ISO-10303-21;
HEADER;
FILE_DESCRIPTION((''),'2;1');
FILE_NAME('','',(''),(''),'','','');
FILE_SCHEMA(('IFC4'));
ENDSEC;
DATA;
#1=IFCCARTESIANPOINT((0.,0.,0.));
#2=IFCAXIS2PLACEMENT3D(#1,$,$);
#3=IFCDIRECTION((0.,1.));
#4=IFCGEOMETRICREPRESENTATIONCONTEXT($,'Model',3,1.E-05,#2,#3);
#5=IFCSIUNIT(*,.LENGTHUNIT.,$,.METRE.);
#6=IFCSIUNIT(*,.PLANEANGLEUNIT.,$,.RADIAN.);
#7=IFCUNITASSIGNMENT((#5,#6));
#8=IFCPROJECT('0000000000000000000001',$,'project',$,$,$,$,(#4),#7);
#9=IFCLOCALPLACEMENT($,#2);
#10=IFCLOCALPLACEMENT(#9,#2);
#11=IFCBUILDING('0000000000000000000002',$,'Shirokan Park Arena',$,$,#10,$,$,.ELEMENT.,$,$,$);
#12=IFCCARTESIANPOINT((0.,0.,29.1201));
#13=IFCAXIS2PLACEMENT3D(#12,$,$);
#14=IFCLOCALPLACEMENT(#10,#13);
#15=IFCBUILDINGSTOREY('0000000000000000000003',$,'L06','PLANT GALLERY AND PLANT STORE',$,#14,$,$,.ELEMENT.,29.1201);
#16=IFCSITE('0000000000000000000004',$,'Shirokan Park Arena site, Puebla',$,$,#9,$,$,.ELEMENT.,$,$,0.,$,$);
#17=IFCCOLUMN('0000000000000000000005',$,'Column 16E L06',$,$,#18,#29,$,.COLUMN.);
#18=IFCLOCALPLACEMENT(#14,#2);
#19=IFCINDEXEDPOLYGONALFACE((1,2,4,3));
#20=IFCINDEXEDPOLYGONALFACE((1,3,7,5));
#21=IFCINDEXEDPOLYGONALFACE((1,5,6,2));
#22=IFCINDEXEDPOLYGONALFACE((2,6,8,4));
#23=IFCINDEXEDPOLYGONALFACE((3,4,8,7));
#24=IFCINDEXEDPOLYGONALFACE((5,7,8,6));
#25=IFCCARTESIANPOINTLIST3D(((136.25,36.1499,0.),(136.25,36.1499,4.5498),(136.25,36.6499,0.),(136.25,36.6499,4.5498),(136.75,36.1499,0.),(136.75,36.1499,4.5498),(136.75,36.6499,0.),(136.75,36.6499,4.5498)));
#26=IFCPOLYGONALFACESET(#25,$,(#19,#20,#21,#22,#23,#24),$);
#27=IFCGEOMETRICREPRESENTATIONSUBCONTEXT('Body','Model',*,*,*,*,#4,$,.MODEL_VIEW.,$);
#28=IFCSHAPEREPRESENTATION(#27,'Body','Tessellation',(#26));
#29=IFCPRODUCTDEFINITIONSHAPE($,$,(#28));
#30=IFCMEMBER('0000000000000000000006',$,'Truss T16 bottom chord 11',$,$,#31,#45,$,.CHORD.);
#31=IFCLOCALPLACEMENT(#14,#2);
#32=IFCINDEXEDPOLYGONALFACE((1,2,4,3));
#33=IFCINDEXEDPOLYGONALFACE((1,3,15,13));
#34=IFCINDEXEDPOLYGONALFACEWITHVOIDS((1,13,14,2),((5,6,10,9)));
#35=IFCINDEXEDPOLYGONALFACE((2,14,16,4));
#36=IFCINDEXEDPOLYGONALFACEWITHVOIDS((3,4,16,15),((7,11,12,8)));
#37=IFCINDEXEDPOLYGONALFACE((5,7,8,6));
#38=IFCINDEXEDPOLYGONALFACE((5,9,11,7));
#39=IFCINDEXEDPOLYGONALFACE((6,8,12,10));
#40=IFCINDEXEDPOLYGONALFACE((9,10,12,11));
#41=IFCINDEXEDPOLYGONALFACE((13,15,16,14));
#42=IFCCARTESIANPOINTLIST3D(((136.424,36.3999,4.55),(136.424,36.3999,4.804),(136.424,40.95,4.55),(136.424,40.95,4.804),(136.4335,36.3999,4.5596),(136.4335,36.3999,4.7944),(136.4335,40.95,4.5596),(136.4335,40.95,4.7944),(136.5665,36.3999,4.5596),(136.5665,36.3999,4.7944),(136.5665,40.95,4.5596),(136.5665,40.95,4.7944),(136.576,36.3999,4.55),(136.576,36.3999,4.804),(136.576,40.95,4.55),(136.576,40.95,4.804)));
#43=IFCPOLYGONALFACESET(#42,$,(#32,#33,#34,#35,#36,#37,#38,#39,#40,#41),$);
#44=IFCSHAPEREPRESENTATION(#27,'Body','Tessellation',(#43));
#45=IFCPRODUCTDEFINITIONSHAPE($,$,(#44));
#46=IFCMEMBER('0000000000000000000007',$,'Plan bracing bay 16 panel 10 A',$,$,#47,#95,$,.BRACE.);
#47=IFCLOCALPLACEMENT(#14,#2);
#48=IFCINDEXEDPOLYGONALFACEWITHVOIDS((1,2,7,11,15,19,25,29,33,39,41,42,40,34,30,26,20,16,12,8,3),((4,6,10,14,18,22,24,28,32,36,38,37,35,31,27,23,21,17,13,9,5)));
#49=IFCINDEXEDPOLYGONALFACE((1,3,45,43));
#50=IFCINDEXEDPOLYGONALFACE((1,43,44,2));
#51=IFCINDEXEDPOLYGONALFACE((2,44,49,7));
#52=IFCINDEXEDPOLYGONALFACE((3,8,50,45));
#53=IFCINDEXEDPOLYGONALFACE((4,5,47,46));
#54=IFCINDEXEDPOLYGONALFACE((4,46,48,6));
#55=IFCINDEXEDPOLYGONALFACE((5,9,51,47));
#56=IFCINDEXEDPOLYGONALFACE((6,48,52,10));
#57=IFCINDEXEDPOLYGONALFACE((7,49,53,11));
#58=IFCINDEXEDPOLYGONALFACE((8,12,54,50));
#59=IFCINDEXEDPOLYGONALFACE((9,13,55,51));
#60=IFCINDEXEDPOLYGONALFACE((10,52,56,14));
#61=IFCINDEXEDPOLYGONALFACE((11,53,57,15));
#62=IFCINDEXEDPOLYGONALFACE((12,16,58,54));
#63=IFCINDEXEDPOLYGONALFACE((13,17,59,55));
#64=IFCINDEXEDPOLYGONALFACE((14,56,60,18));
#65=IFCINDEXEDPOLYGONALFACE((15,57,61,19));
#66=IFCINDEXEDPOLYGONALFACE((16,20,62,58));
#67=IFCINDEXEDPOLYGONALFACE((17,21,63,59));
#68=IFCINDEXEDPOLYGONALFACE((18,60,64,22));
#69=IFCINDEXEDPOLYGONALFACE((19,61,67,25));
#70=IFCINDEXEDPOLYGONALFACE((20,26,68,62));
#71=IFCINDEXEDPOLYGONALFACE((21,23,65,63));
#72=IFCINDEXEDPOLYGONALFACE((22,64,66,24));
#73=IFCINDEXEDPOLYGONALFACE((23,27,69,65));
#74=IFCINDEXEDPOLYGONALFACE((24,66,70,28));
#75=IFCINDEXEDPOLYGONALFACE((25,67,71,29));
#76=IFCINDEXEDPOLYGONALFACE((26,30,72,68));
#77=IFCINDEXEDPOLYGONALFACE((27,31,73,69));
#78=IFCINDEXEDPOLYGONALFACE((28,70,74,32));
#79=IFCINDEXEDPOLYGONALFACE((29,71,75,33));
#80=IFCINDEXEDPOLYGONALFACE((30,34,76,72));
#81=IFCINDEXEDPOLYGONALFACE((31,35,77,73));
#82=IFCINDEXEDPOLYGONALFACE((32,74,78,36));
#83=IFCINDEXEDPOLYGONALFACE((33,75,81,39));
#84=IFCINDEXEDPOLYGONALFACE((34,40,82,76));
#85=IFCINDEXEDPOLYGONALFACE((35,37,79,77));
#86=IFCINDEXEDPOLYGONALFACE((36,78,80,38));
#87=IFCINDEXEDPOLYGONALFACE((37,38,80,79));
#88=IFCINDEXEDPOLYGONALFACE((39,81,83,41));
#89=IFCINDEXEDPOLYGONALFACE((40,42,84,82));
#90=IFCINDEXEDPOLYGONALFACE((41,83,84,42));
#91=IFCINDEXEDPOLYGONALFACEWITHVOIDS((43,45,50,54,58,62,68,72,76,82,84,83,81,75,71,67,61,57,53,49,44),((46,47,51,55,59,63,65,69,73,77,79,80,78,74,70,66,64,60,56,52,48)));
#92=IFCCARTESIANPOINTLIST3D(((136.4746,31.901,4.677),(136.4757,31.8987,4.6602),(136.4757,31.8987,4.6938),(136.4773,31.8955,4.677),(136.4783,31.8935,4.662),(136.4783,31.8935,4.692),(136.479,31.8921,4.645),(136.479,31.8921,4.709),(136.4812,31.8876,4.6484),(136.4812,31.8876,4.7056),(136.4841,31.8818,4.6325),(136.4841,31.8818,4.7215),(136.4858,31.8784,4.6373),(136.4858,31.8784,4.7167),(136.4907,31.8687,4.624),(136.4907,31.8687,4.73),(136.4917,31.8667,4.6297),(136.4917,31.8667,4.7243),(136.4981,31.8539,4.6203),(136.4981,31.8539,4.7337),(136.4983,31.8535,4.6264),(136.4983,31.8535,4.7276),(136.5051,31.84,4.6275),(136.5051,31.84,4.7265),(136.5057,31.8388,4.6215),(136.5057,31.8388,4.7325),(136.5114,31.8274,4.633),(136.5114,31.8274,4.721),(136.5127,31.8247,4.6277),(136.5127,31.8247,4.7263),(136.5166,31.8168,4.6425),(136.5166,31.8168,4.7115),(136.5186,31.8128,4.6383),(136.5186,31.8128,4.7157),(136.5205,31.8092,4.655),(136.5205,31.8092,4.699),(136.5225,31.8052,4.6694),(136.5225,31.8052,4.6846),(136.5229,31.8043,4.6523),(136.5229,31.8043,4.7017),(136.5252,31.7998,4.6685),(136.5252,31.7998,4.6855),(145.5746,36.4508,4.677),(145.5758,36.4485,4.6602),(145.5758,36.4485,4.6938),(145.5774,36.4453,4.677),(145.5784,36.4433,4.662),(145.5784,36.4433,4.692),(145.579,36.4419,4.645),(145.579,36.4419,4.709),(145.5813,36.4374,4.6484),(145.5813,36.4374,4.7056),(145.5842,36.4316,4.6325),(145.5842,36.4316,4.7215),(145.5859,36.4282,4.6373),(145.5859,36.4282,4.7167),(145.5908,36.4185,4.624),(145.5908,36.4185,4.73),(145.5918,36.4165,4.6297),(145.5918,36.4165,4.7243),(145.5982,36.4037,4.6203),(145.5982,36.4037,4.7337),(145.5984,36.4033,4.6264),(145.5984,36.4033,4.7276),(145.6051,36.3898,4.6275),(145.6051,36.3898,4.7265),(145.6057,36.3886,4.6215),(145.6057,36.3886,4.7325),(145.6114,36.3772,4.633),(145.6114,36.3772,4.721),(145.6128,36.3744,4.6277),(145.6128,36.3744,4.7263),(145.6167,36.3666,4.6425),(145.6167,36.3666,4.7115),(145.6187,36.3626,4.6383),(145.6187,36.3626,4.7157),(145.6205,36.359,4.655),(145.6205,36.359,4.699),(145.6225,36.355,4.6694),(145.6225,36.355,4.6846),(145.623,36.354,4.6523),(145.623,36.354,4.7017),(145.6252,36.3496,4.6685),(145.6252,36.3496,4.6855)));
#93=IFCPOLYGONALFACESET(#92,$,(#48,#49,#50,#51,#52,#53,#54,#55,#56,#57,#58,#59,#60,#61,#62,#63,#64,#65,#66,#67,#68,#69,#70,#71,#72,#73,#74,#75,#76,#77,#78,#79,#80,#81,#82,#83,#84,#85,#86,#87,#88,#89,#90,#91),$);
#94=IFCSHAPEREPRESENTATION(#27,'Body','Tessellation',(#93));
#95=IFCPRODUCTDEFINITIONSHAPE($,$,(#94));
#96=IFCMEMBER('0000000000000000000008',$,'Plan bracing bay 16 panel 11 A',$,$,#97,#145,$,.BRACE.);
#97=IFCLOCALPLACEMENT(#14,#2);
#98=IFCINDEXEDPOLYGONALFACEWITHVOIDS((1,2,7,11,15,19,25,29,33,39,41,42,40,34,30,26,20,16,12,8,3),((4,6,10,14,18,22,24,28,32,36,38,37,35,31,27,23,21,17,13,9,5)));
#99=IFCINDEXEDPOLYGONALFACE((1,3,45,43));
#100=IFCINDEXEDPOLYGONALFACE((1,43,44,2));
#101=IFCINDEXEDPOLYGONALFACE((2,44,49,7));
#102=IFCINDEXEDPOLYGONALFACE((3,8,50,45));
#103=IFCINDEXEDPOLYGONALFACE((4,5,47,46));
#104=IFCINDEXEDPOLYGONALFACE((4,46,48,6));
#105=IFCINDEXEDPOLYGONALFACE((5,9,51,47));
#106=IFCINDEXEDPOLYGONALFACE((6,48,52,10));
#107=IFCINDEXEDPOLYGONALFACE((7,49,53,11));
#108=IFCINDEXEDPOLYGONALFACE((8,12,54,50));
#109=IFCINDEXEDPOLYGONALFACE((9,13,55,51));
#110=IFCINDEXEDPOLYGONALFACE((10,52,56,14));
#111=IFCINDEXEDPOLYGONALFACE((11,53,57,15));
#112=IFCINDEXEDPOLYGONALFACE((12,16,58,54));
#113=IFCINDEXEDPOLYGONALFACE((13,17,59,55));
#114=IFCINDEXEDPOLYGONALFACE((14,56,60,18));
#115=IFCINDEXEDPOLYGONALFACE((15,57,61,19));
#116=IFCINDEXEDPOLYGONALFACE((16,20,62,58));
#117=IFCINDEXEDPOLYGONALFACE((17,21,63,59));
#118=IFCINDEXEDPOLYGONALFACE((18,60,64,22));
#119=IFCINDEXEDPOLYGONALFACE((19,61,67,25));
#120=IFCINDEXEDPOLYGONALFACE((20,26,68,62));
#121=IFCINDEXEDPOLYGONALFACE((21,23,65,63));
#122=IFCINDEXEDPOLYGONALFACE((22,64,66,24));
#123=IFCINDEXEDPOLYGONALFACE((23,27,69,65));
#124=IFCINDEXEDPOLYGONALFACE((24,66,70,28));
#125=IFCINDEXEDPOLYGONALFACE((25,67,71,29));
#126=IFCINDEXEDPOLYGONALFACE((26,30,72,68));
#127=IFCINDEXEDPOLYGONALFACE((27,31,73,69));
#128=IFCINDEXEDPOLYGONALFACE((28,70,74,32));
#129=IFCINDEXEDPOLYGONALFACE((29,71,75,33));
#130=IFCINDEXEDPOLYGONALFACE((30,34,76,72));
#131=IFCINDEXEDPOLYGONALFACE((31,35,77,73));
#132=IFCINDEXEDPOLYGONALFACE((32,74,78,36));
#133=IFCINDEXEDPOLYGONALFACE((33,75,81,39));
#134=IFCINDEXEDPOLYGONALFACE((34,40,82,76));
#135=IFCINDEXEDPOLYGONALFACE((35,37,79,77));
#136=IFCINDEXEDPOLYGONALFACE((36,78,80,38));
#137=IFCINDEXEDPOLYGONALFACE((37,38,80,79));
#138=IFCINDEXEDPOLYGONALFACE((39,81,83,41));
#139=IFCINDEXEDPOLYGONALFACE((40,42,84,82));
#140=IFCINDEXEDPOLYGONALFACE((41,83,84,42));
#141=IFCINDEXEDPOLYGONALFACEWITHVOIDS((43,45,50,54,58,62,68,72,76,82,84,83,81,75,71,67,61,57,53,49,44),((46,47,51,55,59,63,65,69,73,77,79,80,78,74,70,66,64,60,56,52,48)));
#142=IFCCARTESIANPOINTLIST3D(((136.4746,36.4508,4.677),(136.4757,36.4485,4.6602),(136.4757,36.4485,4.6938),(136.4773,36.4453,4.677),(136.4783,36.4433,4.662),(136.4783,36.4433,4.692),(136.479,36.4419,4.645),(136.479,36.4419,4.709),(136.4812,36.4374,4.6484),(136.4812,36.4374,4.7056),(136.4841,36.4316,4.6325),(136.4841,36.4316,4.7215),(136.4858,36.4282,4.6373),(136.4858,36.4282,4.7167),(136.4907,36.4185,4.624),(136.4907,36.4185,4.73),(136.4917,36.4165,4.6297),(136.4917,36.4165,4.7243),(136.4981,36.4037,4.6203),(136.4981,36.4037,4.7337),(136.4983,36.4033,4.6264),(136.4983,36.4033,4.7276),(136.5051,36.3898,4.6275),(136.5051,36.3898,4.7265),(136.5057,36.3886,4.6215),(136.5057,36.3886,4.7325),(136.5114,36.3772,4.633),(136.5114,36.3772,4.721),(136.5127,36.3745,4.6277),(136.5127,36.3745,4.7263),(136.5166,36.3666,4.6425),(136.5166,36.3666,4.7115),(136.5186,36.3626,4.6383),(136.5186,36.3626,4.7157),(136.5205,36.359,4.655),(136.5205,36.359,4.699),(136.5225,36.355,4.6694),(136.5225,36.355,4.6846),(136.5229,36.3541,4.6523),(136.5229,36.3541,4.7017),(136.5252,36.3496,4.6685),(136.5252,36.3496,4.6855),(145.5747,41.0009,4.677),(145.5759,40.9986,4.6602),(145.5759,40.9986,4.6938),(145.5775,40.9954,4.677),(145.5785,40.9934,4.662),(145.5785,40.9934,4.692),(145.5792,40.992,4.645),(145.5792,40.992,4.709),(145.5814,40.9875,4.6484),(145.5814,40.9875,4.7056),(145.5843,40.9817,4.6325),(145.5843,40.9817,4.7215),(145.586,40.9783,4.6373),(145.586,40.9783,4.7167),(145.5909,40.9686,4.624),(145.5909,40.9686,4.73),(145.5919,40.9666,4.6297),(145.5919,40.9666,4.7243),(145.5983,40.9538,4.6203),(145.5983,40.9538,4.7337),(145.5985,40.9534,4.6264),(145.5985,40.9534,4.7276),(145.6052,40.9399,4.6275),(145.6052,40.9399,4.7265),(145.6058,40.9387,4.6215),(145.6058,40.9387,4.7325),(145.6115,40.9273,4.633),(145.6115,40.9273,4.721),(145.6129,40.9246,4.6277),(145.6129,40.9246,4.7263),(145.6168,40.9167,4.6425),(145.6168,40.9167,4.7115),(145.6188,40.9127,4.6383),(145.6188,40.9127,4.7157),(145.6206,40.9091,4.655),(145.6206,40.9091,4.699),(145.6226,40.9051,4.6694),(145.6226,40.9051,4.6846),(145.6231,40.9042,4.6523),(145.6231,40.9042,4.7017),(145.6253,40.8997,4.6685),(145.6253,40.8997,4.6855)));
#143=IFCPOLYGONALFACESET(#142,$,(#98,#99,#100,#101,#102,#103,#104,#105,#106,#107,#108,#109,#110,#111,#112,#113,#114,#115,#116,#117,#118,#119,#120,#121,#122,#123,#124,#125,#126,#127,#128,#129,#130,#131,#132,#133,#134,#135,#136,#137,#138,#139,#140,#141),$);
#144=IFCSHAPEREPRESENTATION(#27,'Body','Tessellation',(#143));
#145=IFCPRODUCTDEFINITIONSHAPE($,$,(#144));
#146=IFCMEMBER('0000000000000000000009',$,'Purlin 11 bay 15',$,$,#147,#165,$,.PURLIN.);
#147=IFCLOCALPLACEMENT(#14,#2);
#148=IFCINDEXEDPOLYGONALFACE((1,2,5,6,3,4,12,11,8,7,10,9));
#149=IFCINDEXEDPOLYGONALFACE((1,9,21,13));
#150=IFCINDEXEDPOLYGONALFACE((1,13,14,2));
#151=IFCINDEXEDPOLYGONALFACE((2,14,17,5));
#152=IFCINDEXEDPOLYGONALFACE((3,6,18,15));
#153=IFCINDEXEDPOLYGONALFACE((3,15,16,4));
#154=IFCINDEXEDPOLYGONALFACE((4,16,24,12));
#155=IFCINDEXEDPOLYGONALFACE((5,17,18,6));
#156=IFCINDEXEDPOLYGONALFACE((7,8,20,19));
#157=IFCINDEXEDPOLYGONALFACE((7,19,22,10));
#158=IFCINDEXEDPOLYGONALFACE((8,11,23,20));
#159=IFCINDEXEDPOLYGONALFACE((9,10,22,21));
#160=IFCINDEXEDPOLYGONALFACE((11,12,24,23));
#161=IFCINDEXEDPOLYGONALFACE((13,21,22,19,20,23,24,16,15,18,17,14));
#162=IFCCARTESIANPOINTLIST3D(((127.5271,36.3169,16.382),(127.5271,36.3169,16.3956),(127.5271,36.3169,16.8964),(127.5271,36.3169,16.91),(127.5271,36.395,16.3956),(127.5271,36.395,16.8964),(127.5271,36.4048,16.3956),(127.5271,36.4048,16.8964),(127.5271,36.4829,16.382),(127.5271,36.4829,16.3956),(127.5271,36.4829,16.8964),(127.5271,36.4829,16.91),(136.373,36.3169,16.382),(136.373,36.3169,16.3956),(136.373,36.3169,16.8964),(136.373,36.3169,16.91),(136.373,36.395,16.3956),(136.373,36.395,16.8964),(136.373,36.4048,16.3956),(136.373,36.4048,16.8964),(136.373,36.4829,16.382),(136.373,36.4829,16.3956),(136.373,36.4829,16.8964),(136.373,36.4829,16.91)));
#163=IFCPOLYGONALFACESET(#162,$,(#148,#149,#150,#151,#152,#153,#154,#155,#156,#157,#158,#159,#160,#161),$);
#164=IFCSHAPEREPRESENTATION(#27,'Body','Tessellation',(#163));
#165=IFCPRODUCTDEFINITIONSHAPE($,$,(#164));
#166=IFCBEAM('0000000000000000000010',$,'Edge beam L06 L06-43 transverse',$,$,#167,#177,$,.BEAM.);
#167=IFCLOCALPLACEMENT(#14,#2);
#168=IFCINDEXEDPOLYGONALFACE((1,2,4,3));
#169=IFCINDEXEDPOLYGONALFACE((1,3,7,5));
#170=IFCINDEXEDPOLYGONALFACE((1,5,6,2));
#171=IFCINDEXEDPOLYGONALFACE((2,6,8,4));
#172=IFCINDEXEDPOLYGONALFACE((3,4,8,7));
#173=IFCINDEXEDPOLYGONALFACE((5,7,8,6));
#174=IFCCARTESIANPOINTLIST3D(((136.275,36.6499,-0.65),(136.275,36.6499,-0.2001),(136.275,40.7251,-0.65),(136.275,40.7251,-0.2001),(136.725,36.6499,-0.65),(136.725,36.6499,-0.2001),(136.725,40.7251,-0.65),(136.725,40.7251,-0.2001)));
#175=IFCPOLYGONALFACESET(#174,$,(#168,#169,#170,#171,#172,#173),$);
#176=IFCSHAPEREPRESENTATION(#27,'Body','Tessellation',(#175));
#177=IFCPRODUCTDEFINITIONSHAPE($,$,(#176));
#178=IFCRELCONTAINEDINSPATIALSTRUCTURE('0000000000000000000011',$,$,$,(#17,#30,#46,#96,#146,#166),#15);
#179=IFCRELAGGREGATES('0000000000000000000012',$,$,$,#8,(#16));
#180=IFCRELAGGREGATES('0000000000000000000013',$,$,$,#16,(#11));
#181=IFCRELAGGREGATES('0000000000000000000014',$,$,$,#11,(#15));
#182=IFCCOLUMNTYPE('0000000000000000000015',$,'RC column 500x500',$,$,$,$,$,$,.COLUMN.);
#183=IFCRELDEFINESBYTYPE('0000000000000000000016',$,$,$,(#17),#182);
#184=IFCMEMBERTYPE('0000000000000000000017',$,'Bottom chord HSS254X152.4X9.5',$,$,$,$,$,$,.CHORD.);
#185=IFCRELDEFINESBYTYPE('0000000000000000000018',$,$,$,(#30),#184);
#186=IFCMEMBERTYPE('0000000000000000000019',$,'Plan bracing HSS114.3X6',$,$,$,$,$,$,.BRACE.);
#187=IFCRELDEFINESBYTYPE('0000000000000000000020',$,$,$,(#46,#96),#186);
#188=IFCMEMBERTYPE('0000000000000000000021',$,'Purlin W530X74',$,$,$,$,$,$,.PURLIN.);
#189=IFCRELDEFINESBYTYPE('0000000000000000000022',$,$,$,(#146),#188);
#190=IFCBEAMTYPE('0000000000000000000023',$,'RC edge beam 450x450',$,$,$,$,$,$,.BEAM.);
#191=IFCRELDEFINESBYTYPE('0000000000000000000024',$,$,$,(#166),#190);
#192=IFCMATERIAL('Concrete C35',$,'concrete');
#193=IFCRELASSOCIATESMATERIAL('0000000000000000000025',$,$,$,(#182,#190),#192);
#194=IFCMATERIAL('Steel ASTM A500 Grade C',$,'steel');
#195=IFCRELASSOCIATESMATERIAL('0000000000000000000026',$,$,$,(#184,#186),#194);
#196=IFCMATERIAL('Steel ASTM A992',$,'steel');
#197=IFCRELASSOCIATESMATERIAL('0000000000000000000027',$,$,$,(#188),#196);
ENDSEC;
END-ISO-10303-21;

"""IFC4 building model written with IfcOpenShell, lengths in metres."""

from ifc_helpers import new_model, si_unit, direction, frame, origin, origin_2d, place, context, subcontext, project, spatial, rectangle, hollow_rectangle, hollow_circle, i_section, extrude, material, material_profile, profile_set, type_object, element, save


model = new_model("IFC4")

# Units and contexts
model_context = context("Model", 3, precision=1e-05, world=origin(), true_north=direction((0.0, 1.0)))
body_context = subcontext(model_context, "Body", "Model", "MODEL_VIEW")
ifc_project = project(units=[si_unit("LENGTHUNIT", "METRE"), si_unit("PLANEANGLEUNIT", "RADIAN")], contexts=[model_context])

# Site, building, storey
site_placement = place(None, origin())
site = spatial("IfcSite", under=ifc_project, at=site_placement, Name="Shirokan Park Arena site, Puebla", CompositionType="ELEMENT", RefElevation=0.0)
building_placement = place(site_placement, origin())
building = spatial("IfcBuilding", under=site, at=building_placement, Name="Shirokan Park Arena", CompositionType="ELEMENT")
storey_placement = place(building_placement, frame((0.0, 0.0, 29.1201)))
storey = spatial("IfcBuildingStorey", under=building, at=storey_placement, Name="L06", Description="PLANT GALLERY AND PLANT STORE", CompositionType="ELEMENT", Elevation=29.1201)

# Column
ifc_material_1 = material(Name="Concrete C35", Category="concrete")
ifc_material_profile_1 = material_profile(ifc_material_1, rectangle(XDim=0.5, YDim=0.5, at=origin_2d()), Name="500x500")
ifc_profile_set_1 = profile_set([ifc_material_profile_1], Name="Concrete C35")
column_type = type_object("IfcColumnType", Name="RC column 500x500", PredefinedType="COLUMN", material=ifc_profile_set_1)
column_placement = place(storey_placement, frame((136.5, 36.3999, 0.0), z_axis=(0.0, 0.0, 1.0), x_axis=(1.0, 0.0, 0.0)))
element("IfcColumn", 1, at=column_placement, inside=storey, type_object=column_type, Name="Column 16E L06", PredefinedType="COLUMN", context=body_context, shape_type="SweptSolid", body=[
    extrude(rectangle(XDim=0.5, YDim=0.5, at=origin_2d()), origin(), (0.0, 0.0, 1.0), 4.5498),
])

# Members
ifc_material_2 = material(Name="Steel ASTM A500 Grade C", Category="steel")
ifc_material_profile_2 = material_profile(ifc_material_2, hollow_rectangle(XDim=0.1521, YDim=0.2539, WallThickness=0.0095, at=origin_2d()), Name="HSS254X152.4X9.5")
ifc_profile_set_2 = profile_set([ifc_material_profile_2], Name="Steel ASTM A500 Grade C")
member_type_1 = type_object("IfcMemberType", Name="Bottom chord HSS254X152.4X9.5", PredefinedType="CHORD", material=ifc_profile_set_2)
member_1_placement = place(storey_placement, frame((136.5, 36.3999, 4.677), z_axis=(0.0, 1.0, 0.0), x_axis=(-1.0, 0.0, 0.0)))
element("IfcMember", 2, at=member_1_placement, inside=storey, type_object=member_type_1, Name="Truss T16 bottom chord 11", PredefinedType="CHORD", context=body_context, shape_type="SweptSolid", body=[
    extrude(hollow_rectangle(XDim=0.1521, YDim=0.2539, WallThickness=0.0095, at=origin_2d()), origin(), (0.0, 0.0, 1.0), 4.55),
])
ifc_material_profile_3 = material_profile(ifc_material_2, hollow_circle(Radius=0.0569, WallThickness=0.0061, at=origin_2d()), Name="HSS114.3X6")
ifc_profile_set_3 = profile_set([ifc_material_profile_3], Name="Steel ASTM A500 Grade C")
member_type_2 = type_object("IfcMemberType", Name="Plan bracing HSS114.3X6", PredefinedType="BRACE", material=ifc_profile_set_3)
member_2_placement = place(storey_placement, frame((136.5, 31.8501, 4.677), z_axis=(0.894437, 0.447194, 0.0), x_axis=(-0.447194, 0.894437, 0.0)))
element("IfcMember", 3, at=member_2_placement, inside=storey, type_object=member_type_2, Name="Plan bracing bay 16 panel 10 A", PredefinedType="BRACE", context=body_context, shape_type="SweptSolid", body=[
    extrude(hollow_circle(Radius=0.0569, WallThickness=0.0061, at=origin_2d()), origin(), (0.0, 0.0, 1.0), 10.1741),
])
member_3_placement = place(storey_placement, frame((136.5, 36.3999, 4.677), z_axis=(0.894427, 0.447214, 0.0), x_axis=(-0.447214, 0.894427, 0.0)))
element("IfcMember", 4, at=member_3_placement, inside=storey, type_object=member_type_2, Name="Plan bracing bay 16 panel 11 A", PredefinedType="BRACE", context=body_context, shape_type="SweptSolid", body=[
    extrude(hollow_circle(Radius=0.0569, WallThickness=0.0061, at=origin_2d()), origin(), (0.0, 0.0, 1.0), 10.1743),
])
ifc_material_3 = material(Name="Steel ASTM A992", Category="steel")
ifc_material_profile_4 = material_profile(ifc_material_3, i_section(OverallWidth=0.166, OverallDepth=0.5281, WebThickness=0.0098, FlangeThickness=0.0137, at=origin_2d()), Name="W530X74")
ifc_profile_set_4 = profile_set([ifc_material_profile_4], Name="Steel ASTM A992")
member_type_3 = type_object("IfcMemberType", Name="Purlin W530X74", PredefinedType="PURLIN", material=ifc_profile_set_4)
member_4_placement = place(storey_placement, frame((127.5271, 36.3999, 16.646), z_axis=(1.0, 0.0, 0.0), x_axis=(0.0, 1.0, 0.0)))
element("IfcMember", 5, at=member_4_placement, inside=storey, type_object=member_type_3, Name="Purlin 11 bay 15", PredefinedType="PURLIN", context=body_context, shape_type="SweptSolid", body=[
    extrude(i_section(OverallWidth=0.166, OverallDepth=0.5281, WebThickness=0.0098, FlangeThickness=0.0137, at=origin_2d()), origin(), (0.0, 0.0, 1.0), 8.8459),
])

# Beam
ifc_material_profile_5 = material_profile(ifc_material_1, rectangle(XDim=0.45, YDim=0.45, at=origin_2d()), Name="450x450")
ifc_profile_set_5 = profile_set([ifc_material_profile_5], Name="Concrete C35")
beam_type_1 = type_object("IfcBeamType", Name="RC edge beam 450x450", PredefinedType="BEAM", material=ifc_profile_set_5)
beam_1_placement = place(storey_placement, frame((136.5, 36.6499, -0.425), z_axis=(0.0, 1.0, 0.0), x_axis=(-1.0, 0.0, 0.0)))
element("IfcBeam", 6, at=beam_1_placement, inside=storey, type_object=beam_type_1, Name="Edge beam L06 L06-43 transverse", PredefinedType="BEAM", context=body_context, shape_type="SweptSolid", body=[
    extrude(rectangle(XDim=0.45, YDim=0.45, at=origin_2d()), origin(), (0.0, 0.0, 1.0), 4.0752),
])

save(model, "model.ifc")
